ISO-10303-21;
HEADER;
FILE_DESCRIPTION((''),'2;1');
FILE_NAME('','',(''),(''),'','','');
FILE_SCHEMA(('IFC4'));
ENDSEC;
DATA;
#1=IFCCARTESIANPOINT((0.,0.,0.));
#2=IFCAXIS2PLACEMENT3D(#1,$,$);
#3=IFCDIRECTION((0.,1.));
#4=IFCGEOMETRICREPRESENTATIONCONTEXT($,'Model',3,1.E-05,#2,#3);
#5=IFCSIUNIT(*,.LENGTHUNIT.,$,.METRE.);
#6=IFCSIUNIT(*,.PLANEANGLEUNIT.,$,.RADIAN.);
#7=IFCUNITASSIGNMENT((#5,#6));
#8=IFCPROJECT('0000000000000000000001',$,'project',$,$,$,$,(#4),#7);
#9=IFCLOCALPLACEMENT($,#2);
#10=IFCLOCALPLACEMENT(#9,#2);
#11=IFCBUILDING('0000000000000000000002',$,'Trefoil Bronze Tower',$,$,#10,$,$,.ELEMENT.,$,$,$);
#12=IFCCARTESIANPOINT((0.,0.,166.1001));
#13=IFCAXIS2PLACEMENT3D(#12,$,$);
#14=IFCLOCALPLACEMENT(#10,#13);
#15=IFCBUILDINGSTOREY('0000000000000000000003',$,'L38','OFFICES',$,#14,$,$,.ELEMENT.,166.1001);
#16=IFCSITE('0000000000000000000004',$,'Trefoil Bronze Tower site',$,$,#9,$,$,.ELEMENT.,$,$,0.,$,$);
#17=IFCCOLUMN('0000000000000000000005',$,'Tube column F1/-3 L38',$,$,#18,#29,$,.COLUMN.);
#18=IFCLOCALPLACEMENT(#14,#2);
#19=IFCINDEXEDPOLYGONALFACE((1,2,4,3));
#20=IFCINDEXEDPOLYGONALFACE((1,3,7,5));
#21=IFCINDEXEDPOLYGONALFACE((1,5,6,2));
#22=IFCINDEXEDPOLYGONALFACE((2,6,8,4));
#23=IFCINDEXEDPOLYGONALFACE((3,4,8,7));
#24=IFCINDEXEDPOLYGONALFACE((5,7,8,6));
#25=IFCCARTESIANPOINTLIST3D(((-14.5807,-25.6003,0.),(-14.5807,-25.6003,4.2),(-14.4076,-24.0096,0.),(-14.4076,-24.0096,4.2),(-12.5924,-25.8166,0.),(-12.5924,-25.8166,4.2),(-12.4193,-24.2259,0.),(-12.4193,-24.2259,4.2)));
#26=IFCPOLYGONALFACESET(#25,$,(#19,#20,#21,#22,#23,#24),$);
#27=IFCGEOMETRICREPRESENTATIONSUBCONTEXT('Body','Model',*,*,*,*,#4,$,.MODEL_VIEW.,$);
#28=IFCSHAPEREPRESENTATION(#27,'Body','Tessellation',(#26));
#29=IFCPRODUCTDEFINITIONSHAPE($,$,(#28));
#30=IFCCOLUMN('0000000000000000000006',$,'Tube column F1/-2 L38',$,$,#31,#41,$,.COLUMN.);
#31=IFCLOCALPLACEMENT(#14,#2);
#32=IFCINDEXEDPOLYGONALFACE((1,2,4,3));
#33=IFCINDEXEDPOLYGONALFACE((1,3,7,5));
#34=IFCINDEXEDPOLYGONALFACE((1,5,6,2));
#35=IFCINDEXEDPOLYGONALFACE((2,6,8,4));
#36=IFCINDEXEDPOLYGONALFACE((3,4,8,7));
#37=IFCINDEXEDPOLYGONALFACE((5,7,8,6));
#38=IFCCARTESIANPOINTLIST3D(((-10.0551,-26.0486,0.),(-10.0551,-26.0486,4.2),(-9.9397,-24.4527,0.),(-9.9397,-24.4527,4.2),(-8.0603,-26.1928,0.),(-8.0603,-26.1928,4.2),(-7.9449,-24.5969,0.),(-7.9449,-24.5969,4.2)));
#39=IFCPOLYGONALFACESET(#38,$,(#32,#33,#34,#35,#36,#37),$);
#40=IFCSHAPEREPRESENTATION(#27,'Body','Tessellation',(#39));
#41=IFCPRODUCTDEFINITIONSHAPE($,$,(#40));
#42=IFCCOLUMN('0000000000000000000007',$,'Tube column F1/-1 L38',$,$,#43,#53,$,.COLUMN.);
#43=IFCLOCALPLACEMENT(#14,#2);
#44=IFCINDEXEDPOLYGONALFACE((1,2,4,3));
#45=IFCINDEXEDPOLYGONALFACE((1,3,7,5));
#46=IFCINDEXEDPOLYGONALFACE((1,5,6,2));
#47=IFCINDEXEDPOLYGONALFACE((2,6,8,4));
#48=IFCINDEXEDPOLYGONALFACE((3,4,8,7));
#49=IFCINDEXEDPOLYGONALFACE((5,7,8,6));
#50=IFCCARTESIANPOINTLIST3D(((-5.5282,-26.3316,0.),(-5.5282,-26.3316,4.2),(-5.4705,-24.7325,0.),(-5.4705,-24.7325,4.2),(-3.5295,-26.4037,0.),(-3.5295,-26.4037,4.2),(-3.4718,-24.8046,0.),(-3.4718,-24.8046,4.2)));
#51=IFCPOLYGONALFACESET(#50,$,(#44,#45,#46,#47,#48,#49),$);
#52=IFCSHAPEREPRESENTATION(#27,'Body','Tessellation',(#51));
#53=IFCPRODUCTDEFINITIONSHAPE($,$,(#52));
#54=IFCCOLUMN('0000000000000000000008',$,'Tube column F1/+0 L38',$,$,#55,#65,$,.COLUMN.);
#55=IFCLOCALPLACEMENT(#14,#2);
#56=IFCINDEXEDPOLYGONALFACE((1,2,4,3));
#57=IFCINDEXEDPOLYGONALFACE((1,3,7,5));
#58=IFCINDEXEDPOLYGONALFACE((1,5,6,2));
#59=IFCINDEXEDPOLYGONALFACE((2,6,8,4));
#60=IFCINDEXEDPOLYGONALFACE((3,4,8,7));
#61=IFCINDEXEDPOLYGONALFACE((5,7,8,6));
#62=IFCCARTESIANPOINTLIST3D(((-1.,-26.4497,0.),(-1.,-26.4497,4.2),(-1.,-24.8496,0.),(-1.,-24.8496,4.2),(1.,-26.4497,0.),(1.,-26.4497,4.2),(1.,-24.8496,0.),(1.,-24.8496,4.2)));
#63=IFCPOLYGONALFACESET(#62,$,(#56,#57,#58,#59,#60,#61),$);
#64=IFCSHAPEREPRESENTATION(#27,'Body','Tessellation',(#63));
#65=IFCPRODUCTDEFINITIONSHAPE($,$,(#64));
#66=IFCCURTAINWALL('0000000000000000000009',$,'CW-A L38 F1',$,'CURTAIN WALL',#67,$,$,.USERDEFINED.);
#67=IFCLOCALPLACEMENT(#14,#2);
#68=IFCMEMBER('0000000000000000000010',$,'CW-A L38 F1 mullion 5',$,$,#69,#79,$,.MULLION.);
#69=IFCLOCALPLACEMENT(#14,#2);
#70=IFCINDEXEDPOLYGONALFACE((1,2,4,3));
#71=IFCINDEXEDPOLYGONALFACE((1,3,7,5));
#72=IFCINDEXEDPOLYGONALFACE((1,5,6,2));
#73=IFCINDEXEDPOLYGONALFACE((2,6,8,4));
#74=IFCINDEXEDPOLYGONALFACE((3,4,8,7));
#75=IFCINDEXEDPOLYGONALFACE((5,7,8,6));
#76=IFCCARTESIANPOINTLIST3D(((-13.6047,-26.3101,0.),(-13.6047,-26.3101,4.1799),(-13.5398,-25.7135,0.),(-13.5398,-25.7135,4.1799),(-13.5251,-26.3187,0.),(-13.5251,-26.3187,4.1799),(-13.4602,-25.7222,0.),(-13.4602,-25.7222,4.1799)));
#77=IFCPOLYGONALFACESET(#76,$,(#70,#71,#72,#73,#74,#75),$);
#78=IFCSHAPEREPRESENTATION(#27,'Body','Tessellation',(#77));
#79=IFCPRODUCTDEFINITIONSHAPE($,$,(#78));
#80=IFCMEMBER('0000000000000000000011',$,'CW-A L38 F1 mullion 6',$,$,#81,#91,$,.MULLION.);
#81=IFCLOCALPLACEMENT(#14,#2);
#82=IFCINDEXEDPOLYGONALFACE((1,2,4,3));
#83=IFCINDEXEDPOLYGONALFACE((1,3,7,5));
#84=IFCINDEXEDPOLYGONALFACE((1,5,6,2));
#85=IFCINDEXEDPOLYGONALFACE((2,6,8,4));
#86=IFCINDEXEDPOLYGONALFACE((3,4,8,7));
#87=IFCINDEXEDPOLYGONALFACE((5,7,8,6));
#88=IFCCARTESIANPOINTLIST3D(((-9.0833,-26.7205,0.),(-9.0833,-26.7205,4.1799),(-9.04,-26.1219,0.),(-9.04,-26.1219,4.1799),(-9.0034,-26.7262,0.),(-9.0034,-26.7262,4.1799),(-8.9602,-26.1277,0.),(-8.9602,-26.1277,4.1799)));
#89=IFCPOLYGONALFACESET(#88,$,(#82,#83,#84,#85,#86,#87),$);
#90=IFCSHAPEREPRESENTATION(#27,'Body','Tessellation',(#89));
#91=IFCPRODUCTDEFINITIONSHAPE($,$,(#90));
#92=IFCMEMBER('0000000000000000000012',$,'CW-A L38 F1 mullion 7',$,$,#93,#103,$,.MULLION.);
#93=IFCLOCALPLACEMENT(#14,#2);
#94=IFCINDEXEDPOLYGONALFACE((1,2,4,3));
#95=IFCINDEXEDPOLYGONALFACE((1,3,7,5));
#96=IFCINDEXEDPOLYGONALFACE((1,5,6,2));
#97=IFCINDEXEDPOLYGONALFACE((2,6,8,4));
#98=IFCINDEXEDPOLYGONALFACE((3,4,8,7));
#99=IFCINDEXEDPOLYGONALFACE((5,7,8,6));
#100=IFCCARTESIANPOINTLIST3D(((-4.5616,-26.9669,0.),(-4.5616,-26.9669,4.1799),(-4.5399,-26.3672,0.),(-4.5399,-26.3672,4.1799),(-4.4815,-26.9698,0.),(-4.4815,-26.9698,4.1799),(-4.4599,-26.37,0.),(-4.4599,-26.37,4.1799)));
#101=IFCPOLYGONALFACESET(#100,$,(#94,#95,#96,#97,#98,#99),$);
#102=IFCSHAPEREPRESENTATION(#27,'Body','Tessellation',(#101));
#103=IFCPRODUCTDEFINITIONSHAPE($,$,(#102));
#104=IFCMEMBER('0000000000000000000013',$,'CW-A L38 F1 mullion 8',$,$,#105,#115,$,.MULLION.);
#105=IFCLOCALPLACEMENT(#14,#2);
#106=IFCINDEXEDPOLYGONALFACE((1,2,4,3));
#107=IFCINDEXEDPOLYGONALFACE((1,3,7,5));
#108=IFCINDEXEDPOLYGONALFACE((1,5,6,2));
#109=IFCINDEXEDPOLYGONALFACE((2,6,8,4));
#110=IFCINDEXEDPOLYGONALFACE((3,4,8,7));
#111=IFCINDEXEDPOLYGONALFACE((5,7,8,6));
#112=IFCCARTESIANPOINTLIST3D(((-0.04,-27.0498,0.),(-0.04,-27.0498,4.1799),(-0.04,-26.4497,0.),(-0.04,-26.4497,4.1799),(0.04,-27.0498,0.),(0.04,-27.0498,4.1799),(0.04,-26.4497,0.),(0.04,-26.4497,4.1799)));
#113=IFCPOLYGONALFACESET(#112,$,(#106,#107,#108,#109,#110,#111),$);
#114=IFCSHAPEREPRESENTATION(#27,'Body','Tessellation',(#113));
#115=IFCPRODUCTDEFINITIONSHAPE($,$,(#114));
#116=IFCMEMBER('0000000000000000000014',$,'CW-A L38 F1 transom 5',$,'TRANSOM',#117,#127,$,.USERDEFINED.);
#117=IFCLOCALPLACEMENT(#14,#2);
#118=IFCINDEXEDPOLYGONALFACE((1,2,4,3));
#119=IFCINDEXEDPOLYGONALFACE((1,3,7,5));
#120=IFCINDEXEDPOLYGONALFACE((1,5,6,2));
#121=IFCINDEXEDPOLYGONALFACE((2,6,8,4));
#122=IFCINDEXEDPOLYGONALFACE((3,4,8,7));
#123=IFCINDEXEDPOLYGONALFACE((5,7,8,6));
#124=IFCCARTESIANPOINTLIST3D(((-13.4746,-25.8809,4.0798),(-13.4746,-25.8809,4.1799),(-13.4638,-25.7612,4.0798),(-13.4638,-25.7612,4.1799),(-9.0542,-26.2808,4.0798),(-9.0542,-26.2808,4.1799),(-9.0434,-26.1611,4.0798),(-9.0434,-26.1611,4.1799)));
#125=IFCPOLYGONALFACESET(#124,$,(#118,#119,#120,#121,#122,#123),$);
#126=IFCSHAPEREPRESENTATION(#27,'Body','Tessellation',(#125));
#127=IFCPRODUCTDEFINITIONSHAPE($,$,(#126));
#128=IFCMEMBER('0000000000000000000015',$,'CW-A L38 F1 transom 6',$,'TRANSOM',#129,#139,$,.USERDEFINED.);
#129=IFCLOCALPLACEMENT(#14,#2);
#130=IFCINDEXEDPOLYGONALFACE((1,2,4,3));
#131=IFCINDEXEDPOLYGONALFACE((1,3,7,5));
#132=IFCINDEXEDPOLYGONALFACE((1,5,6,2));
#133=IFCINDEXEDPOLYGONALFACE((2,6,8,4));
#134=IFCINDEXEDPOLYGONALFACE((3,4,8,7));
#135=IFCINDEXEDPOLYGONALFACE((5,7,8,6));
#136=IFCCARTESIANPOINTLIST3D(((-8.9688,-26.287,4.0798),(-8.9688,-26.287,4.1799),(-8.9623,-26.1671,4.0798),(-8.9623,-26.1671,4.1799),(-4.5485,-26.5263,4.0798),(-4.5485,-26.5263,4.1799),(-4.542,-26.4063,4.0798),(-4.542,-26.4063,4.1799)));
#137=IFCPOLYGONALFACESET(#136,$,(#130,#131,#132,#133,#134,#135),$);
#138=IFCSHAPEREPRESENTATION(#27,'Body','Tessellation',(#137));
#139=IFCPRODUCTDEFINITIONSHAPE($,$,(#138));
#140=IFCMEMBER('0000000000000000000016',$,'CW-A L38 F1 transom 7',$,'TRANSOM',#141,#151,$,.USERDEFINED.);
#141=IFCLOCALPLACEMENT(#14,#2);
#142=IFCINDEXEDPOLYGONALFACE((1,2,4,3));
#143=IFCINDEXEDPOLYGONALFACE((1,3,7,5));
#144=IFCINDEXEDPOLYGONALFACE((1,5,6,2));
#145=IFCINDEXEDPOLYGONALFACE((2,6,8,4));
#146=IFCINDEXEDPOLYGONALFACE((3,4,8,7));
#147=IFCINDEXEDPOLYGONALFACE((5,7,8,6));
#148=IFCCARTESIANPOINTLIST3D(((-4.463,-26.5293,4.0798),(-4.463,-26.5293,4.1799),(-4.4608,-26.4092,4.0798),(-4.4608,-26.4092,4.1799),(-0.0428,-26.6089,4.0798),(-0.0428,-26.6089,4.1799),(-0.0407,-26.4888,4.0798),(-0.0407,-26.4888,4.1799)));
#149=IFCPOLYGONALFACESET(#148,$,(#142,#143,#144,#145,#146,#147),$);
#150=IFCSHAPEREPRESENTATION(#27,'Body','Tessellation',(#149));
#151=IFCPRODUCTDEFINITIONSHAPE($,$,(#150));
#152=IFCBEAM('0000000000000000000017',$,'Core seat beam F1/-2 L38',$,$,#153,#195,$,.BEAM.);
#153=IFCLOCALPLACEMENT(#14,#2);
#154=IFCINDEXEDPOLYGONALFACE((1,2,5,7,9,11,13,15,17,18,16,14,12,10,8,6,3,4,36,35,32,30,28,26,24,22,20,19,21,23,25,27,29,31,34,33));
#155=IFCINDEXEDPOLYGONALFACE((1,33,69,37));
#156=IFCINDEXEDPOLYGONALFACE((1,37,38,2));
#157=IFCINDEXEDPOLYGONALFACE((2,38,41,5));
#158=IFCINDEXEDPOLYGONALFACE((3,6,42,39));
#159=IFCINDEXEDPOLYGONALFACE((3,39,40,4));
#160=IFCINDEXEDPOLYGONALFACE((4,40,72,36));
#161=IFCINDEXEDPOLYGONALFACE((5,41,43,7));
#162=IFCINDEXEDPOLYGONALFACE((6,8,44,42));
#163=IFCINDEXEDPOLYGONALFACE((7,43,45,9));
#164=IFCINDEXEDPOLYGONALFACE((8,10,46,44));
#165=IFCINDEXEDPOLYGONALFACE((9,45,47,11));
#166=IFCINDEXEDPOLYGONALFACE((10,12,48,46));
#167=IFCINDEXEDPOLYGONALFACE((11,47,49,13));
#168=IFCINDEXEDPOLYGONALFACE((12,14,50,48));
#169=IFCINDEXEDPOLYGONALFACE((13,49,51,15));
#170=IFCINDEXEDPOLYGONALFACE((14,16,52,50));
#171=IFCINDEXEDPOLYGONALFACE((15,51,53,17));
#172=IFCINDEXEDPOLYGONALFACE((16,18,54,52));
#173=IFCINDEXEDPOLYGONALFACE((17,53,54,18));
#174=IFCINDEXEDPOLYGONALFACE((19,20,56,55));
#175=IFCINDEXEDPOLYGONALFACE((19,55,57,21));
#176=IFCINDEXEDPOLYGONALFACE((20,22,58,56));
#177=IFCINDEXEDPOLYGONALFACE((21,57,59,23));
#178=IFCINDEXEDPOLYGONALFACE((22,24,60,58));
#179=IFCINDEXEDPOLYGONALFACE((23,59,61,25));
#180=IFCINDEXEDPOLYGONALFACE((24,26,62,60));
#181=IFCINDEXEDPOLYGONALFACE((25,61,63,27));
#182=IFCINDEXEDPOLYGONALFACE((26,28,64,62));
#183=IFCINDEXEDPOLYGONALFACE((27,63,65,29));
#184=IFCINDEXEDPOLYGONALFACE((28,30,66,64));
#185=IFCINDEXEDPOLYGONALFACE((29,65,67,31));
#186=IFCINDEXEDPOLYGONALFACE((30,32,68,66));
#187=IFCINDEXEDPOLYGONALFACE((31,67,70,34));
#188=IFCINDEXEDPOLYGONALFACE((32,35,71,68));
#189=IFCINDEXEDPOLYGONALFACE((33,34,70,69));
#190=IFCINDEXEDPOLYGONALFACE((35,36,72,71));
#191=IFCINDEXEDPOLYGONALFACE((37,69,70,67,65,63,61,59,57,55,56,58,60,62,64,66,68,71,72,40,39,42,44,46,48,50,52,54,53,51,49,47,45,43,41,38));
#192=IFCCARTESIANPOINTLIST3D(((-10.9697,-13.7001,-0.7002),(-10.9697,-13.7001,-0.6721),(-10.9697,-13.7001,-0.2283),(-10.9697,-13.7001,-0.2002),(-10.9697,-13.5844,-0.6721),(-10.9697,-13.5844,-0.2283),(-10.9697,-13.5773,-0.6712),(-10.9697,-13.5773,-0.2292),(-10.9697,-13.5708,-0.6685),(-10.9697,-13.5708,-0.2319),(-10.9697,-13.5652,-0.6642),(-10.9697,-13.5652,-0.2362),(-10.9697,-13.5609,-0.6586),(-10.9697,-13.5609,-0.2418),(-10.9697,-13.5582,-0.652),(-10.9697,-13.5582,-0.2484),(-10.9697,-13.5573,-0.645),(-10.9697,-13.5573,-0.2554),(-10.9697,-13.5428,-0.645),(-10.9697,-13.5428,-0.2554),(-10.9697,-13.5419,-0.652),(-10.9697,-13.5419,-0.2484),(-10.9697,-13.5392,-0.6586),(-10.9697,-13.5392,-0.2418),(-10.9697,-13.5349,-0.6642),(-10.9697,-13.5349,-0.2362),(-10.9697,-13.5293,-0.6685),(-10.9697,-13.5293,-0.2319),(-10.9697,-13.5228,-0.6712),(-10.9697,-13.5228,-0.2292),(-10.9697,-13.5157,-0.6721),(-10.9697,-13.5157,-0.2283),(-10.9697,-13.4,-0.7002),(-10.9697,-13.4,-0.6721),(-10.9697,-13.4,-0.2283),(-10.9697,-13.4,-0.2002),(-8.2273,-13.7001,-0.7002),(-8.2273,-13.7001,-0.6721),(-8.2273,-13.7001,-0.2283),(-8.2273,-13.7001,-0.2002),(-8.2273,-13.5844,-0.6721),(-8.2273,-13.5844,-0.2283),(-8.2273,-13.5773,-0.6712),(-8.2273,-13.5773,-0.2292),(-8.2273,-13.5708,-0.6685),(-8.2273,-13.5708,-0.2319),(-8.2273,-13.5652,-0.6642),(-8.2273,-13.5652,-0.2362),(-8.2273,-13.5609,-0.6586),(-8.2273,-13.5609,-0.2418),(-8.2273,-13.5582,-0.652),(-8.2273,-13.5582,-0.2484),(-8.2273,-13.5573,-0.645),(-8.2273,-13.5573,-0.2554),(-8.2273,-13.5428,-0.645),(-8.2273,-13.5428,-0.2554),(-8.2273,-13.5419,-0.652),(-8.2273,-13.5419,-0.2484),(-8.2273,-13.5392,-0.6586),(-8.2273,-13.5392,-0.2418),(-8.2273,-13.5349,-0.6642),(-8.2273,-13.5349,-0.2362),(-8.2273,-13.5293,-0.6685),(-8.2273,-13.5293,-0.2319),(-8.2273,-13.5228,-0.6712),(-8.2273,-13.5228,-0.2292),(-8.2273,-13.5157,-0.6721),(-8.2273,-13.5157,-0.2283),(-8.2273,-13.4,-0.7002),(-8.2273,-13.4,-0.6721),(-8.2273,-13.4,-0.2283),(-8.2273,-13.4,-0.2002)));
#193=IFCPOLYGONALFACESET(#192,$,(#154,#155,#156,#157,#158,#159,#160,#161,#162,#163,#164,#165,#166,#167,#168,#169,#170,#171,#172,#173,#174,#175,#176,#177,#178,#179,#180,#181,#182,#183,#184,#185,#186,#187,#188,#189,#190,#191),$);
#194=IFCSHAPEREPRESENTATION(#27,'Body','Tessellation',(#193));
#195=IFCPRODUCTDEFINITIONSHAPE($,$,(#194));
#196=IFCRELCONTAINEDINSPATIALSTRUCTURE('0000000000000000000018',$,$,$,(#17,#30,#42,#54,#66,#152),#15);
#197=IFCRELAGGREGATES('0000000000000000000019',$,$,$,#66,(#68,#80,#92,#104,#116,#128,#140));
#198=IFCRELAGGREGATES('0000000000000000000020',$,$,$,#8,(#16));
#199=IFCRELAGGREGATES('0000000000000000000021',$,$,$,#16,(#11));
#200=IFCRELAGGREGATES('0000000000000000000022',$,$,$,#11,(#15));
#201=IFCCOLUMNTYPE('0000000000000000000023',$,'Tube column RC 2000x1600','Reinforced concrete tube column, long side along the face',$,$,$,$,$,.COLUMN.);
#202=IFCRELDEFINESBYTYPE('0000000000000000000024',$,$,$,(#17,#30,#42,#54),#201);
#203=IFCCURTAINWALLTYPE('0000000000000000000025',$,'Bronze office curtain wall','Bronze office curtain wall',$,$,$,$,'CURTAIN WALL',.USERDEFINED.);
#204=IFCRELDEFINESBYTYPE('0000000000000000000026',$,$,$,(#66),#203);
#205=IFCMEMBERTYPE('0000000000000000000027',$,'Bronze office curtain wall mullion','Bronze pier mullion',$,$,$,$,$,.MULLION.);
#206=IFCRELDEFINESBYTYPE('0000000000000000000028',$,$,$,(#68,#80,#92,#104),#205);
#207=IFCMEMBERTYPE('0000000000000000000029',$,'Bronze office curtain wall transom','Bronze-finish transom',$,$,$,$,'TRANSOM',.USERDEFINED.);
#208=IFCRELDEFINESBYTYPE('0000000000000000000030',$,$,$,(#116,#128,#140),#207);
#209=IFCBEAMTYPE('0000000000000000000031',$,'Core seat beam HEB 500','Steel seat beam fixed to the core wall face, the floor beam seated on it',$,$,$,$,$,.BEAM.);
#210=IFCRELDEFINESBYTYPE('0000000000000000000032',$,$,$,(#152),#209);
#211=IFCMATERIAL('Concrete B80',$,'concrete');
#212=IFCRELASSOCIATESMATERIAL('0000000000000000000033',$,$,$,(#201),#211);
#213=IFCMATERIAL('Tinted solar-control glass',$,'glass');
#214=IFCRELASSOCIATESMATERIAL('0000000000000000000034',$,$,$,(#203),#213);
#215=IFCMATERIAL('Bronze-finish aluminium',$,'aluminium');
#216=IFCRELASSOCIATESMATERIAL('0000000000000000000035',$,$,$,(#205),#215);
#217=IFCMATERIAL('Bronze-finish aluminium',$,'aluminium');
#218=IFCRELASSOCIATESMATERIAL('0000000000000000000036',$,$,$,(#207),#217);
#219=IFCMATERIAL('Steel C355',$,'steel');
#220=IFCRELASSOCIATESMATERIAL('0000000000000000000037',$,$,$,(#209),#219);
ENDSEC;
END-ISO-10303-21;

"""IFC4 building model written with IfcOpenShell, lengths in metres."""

from ifc_helpers import new_model, si_unit, direction, frame, origin, origin_2d, place, context, subcontext, project, spatial, rectangle, i_section, extrude, material, material_profile, profile_set, type_object, element, aggregate, save


model = new_model("IFC4")

# Units and contexts
model_context = context("Model", 3, precision=1e-05, world=origin(), true_north=direction((0.0, 1.0)))
body_context = subcontext(model_context, "Body", "Model", "MODEL_VIEW")
ifc_project = project(units=[si_unit("LENGTHUNIT", "METRE"), si_unit("PLANEANGLEUNIT", "RADIAN")], contexts=[model_context])

# Site, building, storey
site_placement = place(None, origin())
site = spatial("IfcSite", under=ifc_project, at=site_placement, Name="Trefoil Bronze Tower site", CompositionType="ELEMENT", RefElevation=0.0)
building_placement = place(site_placement, origin())
building = spatial("IfcBuilding", under=site, at=building_placement, Name="Trefoil Bronze Tower", CompositionType="ELEMENT")
storey_placement = place(building_placement, frame((0.0, 0.0, 166.1001)))
storey = spatial("IfcBuildingStorey", under=building, at=storey_placement, Name="L38", Description="OFFICES", CompositionType="ELEMENT", Elevation=166.1001)

# Columns
ifc_material_1 = material(Name="Concrete B80", Category="concrete")
ifc_material_profile_1 = material_profile(ifc_material_1, rectangle(XDim=2.0, YDim=1.6001, at=origin_2d()), Name="RC 2000x1600")
ifc_profile_set_1 = profile_set([ifc_material_profile_1], Name="Concrete B80")
column_type = type_object("IfcColumnType", Name="Tube column RC 2000x1600", Description="Reinforced concrete tube column, long side along the face", PredefinedType="COLUMN", material=ifc_profile_set_1)
for number, where, z_axis, x_axis, name in (
    (1, (-13.5, -24.9131, 0.0), (0.0, 0.0, 1.0), (0.994135, -0.108144, 0.0), "Tube column F1/-3 L38"),
    (2, (-9.0, -25.3228, 0.0), (0.0, 0.0, 1.0), (0.997398, -0.072096, 0.0), "Tube column F1/-2 L38"),
    (3, (-4.5, -25.5681, 0.0), (0.0, 0.0, 1.0), (0.99935, -0.036048, 0.0), "Tube column F1/-1 L38"),
    (4, (0.0, -25.6497, 0.0), (0.0, 0.0, 1.0), (1.0, 0.0, 0.0), "Tube column F1/+0 L38"),
):
    element("IfcColumn", number, at=place(storey_placement, frame(where, z_axis=z_axis, x_axis=x_axis)), inside=storey, type_object=column_type, Name=name, PredefinedType="COLUMN", context=body_context, shape_type="SweptSolid", body=[
        extrude(rectangle(XDim=2.0, YDim=1.6001, at=origin_2d()), origin(), (0.0, 0.0, 1.0), 4.2),
    ])

# Curtain wall, members
ifc_material_2 = material(Name="Tinted solar-control glass", Category="glass")
curtain_wall_type = type_object("IfcCurtainWallType", Name="Bronze office curtain wall", Description="Bronze office curtain wall", ElementType="CURTAIN WALL", PredefinedType="USERDEFINED", material=ifc_material_2)
curtain_wall_placement = place(storey_placement, origin())
curtain_wall = element("IfcCurtainWall", 5, at=curtain_wall_placement, inside=storey, type_object=curtain_wall_type, Name="CW-A L38 F1", ObjectType="CURTAIN WALL", PredefinedType="USERDEFINED")
ifc_material_3 = material(Name="Bronze-finish aluminium", Category="aluminium")
ifc_material_profile_2 = material_profile(ifc_material_3, rectangle(XDim=0.6001, YDim=0.0801, at=origin_2d()), Name="CW-A mullion")
ifc_profile_set_2 = profile_set([ifc_material_profile_2], Name="Bronze-finish aluminium")
member_type_1 = type_object("IfcMemberType", Name="Bronze office curtain wall mullion", Description="Bronze pier mullion", PredefinedType="MULLION", material=ifc_profile_set_2)
member_1_placement = place(storey_placement, frame((-13.5325, -26.0161, 0.0), z_axis=(0.0, 0.0, 1.0), x_axis=(0.108144, 0.994135, 0.0)))
member_1 = element("IfcMember", 6, at=member_1_placement, type_object=member_type_1, Name="CW-A L38 F1 mullion 5", PredefinedType="MULLION", context=body_context, shape_type="SweptSolid", body=[
    extrude(rectangle(XDim=0.6001, YDim=0.0801, at=origin_2d()), origin(), (0.0, 0.0, 1.0), 4.1799),
])
member_2_placement = place(storey_placement, frame((-9.0217, -26.4241, 0.0), z_axis=(0.0, 0.0, 1.0), x_axis=(0.072096, 0.997398, 0.0)))
member_2 = element("IfcMember", 7, at=member_2_placement, type_object=member_type_1, Name="CW-A L38 F1 mullion 6", PredefinedType="MULLION", context=body_context, shape_type="SweptSolid", body=[
    extrude(rectangle(XDim=0.6001, YDim=0.0801, at=origin_2d()), origin(), (0.0, 0.0, 1.0), 4.1799),
])
member_3_placement = place(storey_placement, frame((-4.5107, -26.6685, 0.0), z_axis=(0.0, 0.0, 1.0), x_axis=(0.036048, 0.99935, 0.0)))
member_3 = element("IfcMember", 8, at=member_3_placement, type_object=member_type_1, Name="CW-A L38 F1 mullion 7", PredefinedType="MULLION", context=body_context, shape_type="SweptSolid", body=[
    extrude(rectangle(XDim=0.6001, YDim=0.0801, at=origin_2d()), origin(), (0.0, 0.0, 1.0), 4.1799),
])
member_4_placement = place(storey_placement, frame((0.0, -26.7498, 0.0), z_axis=(0.0, 0.0, 1.0), x_axis=(0.0, 1.0, 0.0)))
member_4 = element("IfcMember", 9, at=member_4_placement, type_object=member_type_1, Name="CW-A L38 F1 mullion 8", PredefinedType="MULLION", context=body_context, shape_type="SweptSolid", body=[
    extrude(rectangle(XDim=0.6001, YDim=0.0801, at=origin_2d()), origin(), (0.0, 0.0, 1.0), 4.1799),
])
ifc_material_4 = material(Name="Bronze-finish aluminium", Category="aluminium")
ifc_material_profile_3 = material_profile(ifc_material_4, rectangle(XDim=0.1201, YDim=0.1001, at=origin_2d()), Name="CW-A transom")
ifc_profile_set_3 = profile_set([ifc_material_profile_3], Name="Bronze-finish aluminium")
member_type_2 = type_object("IfcMemberType", Name="Bronze office curtain wall transom", Description="Bronze-finish transom", ElementType="TRANSOM", PredefinedType="USERDEFINED", material=ifc_profile_set_3)
member_5_placement = place(storey_placement, frame((-13.4692, -25.821, 4.1299), z_axis=(0.995933, -0.090099, 0.0), x_axis=(0.090099, 0.995933, 0.0)))
member_5 = element("IfcMember", 10, at=member_5_placement, type_object=member_type_2, Name="CW-A L38 F1 transom 5", ObjectType="TRANSOM", PredefinedType="USERDEFINED", context=body_context, shape_type="SweptSolid", body=[
    extrude(rectangle(XDim=0.1201, YDim=0.1001, at=origin_2d()), origin(), (0.0, 0.0, 1.0), 4.4385),
])
member_6_placement = place(storey_placement, frame((-8.9656, -26.2271, 4.1299), z_axis=(0.998538, -0.05405, 0.0), x_axis=(0.05405, 0.998538, 0.0)))
member_6 = element("IfcMember", 11, at=member_6_placement, type_object=member_type_2, Name="CW-A L38 F1 transom 6", ObjectType="TRANSOM", PredefinedType="USERDEFINED", context=body_context, shape_type="SweptSolid", body=[
    extrude(rectangle(XDim=0.1201, YDim=0.1001, at=origin_2d()), origin(), (0.0, 0.0, 1.0), 4.4268),
])
member_7_placement = place(storey_placement, frame((-4.4619, -26.4692, 4.1299), z_axis=(0.999838, -0.018003, 0.0), x_axis=(0.018003, 0.999838, 0.0)))
member_7 = element("IfcMember", 12, at=member_7_placement, type_object=member_type_2, Name="CW-A L38 F1 transom 7", ObjectType="TRANSOM", PredefinedType="USERDEFINED", context=body_context, shape_type="SweptSolid", body=[
    extrude(rectangle(XDim=0.1201, YDim=0.1001, at=origin_2d()), origin(), (0.0, 0.0, 1.0), 4.4209),
])

# Beam
ifc_material_5 = material(Name="Steel C355", Category="steel")
ifc_material_profile_4 = material_profile(ifc_material_5, i_section(OverallWidth=0.3, OverallDepth=0.5, WebThickness=0.0144, FlangeThickness=0.0281, FilletRadius=0.0271, at=origin_2d()), Name="HEB 500")
ifc_profile_set_4 = profile_set([ifc_material_profile_4], Name="Steel C355")
beam_type_1 = type_object("IfcBeamType", Name="Core seat beam HEB 500", Description="Steel seat beam fixed to the core wall face, the floor beam seated on it", PredefinedType="BEAM", material=ifc_profile_set_4)
beam_1_placement = place(storey_placement, frame((-10.9697, -13.55, -0.4502), z_axis=(1.0, 0.0, 0.0), x_axis=(0.0, 1.0, 0.0)))
element("IfcBeam", 13, at=beam_1_placement, inside=storey, type_object=beam_type_1, Name="Core seat beam F1/-2 L38", PredefinedType="BEAM", context=body_context, shape_type="SweptSolid", body=[
    extrude(i_section(OverallWidth=0.3, OverallDepth=0.5, WebThickness=0.0144, FlangeThickness=0.0281, FilletRadius=0.0271, at=origin_2d()), origin(), (0.0, 0.0, 1.0), 2.7424),
])

aggregate(curtain_wall, [member_1, member_2, member_3, member_4, member_5, member_6, member_7])

save(model, "model.ifc")
